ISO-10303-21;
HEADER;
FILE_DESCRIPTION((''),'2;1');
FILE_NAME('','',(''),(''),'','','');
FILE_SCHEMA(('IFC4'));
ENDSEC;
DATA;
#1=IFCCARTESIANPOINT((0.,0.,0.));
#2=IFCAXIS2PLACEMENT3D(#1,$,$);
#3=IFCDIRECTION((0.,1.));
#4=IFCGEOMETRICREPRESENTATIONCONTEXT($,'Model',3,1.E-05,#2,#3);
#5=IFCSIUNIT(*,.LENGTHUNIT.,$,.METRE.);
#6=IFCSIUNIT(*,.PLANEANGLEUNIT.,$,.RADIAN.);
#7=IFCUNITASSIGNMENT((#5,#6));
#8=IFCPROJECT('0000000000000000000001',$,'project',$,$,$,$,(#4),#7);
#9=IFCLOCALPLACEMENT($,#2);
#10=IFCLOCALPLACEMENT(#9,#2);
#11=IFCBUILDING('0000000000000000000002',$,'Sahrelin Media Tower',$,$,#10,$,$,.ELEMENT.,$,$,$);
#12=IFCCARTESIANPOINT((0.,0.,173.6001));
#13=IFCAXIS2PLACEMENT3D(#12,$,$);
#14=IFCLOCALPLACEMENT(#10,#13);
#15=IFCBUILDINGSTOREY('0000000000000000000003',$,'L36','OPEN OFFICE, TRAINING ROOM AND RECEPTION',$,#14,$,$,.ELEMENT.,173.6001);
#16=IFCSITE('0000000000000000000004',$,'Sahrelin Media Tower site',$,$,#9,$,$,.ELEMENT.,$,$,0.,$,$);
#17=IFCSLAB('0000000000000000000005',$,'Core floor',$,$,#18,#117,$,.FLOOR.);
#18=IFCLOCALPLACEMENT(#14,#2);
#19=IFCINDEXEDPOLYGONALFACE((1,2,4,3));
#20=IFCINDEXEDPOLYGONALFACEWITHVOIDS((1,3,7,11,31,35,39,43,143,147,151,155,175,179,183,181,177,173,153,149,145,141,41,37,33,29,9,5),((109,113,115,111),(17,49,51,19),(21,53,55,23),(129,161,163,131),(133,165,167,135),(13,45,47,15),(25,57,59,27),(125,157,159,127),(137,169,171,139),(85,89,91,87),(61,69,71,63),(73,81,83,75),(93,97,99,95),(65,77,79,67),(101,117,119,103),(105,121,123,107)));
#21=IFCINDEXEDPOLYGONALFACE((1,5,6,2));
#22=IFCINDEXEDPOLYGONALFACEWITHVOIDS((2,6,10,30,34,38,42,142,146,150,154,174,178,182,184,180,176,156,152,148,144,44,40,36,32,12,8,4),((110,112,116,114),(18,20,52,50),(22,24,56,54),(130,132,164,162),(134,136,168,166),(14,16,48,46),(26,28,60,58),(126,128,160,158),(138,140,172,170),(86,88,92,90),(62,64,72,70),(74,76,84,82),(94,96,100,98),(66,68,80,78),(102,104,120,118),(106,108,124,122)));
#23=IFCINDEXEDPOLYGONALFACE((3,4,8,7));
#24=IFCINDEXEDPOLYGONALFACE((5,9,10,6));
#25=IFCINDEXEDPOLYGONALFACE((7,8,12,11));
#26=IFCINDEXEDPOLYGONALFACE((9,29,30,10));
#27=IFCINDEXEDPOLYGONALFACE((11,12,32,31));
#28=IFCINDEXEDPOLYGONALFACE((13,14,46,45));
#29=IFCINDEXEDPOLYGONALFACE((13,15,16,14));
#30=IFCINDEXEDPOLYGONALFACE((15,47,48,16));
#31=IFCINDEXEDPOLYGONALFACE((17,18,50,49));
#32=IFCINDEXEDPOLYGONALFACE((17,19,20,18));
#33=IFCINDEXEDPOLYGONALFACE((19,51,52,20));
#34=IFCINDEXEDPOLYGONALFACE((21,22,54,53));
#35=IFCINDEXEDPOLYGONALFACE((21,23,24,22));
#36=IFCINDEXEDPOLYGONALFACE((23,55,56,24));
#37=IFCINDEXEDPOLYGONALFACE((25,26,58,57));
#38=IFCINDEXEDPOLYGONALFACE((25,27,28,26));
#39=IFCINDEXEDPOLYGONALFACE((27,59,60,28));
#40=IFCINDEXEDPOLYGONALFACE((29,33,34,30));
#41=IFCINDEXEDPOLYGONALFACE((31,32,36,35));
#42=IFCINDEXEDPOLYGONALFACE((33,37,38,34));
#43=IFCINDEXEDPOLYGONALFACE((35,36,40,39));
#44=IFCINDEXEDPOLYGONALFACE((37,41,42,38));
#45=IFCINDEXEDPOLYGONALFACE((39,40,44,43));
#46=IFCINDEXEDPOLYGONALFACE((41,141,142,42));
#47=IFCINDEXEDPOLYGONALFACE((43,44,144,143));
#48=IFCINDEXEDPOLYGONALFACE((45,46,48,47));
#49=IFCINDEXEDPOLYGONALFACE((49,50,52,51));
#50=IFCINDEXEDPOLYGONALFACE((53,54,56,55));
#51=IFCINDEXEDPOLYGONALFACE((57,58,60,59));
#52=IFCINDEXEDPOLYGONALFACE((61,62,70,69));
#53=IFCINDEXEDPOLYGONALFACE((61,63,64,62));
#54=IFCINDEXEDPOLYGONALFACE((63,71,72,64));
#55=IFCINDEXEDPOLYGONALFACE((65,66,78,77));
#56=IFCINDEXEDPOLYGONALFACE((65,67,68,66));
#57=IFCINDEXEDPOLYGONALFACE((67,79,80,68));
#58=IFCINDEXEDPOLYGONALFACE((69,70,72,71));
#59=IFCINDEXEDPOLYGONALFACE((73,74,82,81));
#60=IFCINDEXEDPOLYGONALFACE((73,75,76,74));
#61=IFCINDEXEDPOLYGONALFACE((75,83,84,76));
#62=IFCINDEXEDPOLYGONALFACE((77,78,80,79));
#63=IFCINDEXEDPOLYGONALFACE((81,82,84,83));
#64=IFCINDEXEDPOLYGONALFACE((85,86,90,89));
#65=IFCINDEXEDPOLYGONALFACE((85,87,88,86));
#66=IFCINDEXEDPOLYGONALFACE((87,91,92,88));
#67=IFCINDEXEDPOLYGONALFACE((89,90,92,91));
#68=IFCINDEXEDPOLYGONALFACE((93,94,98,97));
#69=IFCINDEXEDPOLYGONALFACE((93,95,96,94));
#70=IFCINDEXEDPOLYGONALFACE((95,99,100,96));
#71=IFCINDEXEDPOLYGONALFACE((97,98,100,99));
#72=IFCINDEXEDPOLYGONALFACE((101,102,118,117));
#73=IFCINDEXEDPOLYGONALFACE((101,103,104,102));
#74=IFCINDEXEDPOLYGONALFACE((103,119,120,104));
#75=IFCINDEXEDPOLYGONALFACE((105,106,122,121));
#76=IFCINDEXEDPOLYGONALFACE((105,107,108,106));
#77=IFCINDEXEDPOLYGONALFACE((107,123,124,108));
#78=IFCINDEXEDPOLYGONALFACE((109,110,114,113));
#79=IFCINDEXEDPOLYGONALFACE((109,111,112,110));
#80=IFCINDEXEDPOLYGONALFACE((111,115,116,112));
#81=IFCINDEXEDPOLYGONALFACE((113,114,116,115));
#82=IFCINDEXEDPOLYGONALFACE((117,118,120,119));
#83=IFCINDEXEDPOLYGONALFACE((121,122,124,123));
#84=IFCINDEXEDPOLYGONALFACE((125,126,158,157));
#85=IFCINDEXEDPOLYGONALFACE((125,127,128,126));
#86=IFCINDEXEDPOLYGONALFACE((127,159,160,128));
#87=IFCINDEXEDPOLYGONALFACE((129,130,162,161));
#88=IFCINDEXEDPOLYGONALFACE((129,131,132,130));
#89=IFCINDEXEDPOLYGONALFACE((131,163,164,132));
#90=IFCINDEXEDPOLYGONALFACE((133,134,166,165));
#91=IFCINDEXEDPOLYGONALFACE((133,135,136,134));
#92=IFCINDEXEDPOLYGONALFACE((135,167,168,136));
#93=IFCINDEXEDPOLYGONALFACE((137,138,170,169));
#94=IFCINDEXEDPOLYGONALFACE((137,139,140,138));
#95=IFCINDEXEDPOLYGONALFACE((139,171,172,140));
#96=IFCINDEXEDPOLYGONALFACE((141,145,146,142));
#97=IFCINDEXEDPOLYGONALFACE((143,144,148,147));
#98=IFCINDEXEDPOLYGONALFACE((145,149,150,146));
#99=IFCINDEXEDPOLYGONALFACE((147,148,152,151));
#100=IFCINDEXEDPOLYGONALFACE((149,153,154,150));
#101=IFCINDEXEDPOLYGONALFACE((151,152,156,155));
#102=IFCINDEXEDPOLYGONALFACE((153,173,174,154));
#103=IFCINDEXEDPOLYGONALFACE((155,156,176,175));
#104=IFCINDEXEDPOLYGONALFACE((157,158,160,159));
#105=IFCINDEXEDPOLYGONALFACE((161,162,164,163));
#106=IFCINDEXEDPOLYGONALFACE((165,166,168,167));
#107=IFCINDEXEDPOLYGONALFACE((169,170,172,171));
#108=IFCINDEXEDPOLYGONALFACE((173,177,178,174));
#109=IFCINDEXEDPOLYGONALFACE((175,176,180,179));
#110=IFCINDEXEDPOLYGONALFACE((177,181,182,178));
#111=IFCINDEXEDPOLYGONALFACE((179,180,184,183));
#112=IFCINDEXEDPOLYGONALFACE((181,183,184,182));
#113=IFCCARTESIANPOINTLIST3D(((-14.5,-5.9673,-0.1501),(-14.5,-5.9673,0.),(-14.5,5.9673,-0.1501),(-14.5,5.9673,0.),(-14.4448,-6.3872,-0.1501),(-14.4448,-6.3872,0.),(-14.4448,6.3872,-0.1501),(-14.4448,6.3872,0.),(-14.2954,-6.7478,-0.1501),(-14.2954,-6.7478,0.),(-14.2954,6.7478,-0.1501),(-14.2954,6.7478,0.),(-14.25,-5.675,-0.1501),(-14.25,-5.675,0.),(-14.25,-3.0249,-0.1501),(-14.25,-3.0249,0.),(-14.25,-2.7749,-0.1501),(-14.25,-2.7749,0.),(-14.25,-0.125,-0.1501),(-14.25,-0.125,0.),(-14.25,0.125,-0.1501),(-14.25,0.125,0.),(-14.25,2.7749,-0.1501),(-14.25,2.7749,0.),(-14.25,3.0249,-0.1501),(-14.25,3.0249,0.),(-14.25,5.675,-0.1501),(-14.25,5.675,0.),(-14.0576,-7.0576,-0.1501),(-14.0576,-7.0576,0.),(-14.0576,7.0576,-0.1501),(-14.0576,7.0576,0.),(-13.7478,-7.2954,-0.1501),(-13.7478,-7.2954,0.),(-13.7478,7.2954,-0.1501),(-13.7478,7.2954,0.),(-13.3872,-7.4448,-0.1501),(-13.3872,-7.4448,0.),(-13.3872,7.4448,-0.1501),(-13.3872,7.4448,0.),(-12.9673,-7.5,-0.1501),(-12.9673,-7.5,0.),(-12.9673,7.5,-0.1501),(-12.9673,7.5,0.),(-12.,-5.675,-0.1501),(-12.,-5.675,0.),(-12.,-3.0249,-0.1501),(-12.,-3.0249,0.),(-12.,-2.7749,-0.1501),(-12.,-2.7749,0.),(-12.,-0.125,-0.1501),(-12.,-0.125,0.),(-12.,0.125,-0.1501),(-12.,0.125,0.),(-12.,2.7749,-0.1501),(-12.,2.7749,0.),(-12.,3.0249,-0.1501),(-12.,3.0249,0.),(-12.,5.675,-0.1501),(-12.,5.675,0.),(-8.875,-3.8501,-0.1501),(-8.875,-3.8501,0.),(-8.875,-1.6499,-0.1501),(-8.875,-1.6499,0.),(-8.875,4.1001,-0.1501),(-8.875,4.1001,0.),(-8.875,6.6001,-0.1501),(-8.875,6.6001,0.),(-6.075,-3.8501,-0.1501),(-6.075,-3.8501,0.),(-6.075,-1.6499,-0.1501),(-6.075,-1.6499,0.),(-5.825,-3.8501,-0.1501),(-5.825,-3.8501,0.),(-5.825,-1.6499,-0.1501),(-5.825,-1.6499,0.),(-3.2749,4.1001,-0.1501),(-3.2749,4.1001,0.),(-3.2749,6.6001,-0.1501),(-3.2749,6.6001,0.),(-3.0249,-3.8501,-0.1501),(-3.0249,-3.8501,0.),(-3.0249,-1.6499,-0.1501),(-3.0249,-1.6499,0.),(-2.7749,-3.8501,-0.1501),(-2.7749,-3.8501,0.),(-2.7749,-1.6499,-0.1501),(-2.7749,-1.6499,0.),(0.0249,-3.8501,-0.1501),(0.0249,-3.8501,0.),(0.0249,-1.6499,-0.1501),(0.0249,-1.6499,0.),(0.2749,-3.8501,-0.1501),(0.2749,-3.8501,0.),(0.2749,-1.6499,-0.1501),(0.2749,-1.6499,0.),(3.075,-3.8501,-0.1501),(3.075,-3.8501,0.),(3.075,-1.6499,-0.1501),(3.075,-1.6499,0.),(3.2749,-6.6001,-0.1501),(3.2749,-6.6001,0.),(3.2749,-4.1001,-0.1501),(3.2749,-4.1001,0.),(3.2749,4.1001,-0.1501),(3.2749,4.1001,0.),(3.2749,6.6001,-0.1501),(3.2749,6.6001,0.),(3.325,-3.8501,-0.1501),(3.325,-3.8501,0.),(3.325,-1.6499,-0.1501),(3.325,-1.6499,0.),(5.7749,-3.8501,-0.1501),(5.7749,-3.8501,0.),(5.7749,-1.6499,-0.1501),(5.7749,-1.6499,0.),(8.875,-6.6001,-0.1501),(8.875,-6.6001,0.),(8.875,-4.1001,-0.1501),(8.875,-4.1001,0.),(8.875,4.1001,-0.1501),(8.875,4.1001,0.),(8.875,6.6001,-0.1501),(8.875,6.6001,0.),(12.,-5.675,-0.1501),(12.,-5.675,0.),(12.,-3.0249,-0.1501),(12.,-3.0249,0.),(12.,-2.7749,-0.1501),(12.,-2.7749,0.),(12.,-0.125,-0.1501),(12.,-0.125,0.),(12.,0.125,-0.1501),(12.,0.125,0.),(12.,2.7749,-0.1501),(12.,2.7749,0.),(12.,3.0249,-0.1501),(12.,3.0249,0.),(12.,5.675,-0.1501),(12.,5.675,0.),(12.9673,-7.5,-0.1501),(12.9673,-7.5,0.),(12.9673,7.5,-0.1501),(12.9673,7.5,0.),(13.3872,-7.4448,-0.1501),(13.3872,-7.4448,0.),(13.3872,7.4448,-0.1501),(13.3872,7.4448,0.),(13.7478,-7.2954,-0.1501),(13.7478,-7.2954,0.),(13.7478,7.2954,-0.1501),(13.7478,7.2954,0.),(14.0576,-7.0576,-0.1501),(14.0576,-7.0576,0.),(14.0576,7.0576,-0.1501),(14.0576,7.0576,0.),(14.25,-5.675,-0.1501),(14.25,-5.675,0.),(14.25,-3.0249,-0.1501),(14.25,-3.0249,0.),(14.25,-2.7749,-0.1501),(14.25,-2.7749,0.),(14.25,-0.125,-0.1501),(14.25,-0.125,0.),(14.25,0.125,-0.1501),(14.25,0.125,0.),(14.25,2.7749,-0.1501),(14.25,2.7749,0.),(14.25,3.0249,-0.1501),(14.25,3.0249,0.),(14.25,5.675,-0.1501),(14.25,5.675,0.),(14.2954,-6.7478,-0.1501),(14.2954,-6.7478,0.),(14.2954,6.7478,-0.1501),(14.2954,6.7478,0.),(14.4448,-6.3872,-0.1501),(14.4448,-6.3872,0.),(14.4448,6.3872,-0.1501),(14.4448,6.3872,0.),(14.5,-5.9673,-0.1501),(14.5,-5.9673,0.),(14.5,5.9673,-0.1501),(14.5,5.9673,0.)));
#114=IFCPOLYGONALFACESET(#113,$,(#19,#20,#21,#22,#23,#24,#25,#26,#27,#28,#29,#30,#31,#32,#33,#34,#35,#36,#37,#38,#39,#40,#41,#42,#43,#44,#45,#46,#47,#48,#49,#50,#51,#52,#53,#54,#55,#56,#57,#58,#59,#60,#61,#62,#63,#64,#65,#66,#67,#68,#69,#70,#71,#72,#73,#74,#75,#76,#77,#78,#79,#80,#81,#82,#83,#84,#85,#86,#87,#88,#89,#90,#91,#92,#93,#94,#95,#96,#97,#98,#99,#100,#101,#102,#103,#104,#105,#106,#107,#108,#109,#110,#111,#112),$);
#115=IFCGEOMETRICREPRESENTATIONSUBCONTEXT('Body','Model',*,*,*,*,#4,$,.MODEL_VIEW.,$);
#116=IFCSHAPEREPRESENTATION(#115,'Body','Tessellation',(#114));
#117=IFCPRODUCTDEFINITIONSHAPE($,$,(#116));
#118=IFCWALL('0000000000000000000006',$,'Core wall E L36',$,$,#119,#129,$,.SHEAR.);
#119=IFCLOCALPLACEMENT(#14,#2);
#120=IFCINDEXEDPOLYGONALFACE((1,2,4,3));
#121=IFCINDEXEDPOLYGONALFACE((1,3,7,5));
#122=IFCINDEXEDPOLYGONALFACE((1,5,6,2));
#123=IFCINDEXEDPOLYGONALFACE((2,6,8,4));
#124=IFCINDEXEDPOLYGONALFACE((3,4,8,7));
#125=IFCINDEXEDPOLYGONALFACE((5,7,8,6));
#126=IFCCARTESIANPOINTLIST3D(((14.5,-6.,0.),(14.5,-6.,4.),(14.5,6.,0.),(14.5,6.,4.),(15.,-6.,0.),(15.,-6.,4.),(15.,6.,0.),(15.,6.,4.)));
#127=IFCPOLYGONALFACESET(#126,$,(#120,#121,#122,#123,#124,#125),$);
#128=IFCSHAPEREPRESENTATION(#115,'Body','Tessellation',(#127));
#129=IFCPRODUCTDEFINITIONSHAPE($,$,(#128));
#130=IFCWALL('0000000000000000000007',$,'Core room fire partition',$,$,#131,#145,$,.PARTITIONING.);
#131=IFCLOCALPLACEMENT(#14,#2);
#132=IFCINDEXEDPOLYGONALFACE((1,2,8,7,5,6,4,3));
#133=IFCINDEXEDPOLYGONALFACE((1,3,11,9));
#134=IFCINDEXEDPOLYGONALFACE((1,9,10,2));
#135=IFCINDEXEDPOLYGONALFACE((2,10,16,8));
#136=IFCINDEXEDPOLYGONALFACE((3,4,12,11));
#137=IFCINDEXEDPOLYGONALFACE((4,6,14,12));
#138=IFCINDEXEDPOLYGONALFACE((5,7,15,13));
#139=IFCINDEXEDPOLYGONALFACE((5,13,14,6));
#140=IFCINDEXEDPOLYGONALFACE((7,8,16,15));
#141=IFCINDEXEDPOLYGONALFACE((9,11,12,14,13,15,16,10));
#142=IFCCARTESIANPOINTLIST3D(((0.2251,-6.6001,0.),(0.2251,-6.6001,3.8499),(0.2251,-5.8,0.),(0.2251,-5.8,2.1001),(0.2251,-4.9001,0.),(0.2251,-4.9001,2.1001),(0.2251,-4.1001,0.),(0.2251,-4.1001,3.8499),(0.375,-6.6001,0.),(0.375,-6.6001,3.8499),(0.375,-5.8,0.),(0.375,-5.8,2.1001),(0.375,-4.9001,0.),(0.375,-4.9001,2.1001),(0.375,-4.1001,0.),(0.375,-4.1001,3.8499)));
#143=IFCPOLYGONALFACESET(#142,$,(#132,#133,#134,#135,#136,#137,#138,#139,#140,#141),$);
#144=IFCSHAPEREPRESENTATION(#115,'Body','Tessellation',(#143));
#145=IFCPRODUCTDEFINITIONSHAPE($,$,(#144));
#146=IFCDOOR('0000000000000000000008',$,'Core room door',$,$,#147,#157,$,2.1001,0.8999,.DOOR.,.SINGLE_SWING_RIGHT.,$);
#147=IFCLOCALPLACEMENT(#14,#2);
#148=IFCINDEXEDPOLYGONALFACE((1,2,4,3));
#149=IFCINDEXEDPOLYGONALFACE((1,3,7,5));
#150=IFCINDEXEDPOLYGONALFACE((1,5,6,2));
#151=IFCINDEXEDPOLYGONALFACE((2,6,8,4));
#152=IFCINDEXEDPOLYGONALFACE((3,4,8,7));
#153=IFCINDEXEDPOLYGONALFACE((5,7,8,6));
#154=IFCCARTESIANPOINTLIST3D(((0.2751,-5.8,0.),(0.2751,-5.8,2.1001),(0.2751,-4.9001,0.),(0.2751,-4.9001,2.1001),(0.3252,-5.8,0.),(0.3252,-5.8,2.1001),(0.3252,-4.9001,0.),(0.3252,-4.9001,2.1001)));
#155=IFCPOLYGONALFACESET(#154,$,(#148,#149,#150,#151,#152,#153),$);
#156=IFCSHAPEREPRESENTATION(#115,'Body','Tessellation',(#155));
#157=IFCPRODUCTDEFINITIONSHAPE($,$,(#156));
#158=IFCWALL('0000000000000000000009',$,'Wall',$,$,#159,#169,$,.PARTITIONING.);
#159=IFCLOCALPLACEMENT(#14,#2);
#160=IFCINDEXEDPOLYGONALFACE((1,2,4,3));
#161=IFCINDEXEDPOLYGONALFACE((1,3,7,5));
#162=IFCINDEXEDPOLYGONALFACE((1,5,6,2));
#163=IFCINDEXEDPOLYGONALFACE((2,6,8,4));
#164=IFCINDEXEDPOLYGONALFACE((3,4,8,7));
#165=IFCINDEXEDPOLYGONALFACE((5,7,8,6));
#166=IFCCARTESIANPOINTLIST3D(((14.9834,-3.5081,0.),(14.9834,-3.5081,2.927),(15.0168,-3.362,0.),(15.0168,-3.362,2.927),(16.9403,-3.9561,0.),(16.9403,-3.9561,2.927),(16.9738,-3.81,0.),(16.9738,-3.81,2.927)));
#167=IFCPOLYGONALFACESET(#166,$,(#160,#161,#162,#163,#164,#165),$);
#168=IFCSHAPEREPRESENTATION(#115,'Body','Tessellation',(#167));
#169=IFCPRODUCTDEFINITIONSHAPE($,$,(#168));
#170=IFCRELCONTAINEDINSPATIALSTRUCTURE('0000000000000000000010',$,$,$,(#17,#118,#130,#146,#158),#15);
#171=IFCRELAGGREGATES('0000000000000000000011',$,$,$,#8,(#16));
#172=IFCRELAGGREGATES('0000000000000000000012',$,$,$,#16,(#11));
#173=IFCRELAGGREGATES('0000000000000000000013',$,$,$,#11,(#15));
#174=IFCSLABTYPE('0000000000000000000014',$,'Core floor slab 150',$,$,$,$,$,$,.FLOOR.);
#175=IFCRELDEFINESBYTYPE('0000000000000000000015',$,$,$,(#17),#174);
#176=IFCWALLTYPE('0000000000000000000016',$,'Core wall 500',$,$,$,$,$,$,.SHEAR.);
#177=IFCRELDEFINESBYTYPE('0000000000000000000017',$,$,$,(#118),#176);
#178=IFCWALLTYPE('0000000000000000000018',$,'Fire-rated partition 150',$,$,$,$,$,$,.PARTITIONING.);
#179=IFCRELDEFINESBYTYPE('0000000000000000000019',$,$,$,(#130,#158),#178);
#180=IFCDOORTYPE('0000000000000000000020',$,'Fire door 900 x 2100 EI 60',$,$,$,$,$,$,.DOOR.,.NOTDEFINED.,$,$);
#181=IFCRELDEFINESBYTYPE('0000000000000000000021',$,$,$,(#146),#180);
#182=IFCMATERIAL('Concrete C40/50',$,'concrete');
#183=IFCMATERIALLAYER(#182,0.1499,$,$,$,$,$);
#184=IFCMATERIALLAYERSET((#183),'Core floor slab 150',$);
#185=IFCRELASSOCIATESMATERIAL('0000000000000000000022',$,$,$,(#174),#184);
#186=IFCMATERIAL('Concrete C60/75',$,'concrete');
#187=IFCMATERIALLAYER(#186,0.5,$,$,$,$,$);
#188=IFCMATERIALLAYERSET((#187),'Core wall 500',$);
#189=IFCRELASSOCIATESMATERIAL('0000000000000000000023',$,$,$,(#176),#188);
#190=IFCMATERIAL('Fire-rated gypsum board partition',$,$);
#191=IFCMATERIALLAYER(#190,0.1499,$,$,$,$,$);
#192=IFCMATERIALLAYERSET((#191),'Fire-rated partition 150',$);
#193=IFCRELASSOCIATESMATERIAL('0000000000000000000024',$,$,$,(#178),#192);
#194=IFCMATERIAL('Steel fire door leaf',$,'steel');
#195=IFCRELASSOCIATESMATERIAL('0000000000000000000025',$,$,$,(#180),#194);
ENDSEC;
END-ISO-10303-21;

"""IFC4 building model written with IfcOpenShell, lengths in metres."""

from ifc_helpers import new_model, si_unit, direction, frame, frame_2d, origin, place, context, subcontext, project, spatial, polyline, rectangle, outline, extrude, material, layer, layer_set, type_object, element, fill, save


model = new_model("IFC4")

# Units and contexts
model_context = context("Model", 3, precision=1e-05, world=origin(), true_north=direction((0.0, 1.0)))
body_context = subcontext(model_context, "Body", "Model", "MODEL_VIEW")
ifc_project = project(units=[si_unit("LENGTHUNIT", "METRE"), si_unit("PLANEANGLEUNIT", "RADIAN")], contexts=[model_context])

# Site, building, storey
site_placement = place(None, origin())
site = spatial("IfcSite", under=ifc_project, at=site_placement, Name="Sahrelin Media Tower site", CompositionType="ELEMENT", RefElevation=0.0)
building_placement = place(site_placement, origin())
building = spatial("IfcBuilding", under=site, at=building_placement, Name="Sahrelin Media Tower", CompositionType="ELEMENT")
storey_placement = place(building_placement, frame((0.0, 0.0, 173.6001)))
storey = spatial("IfcBuildingStorey", under=building, at=storey_placement, Name="L36", Description="OPEN OFFICE, TRAINING ROOM AND RECEPTION", CompositionType="ELEMENT", Elevation=173.6001)

# Slab
ifc_material_1 = material(Name="Concrete C40/50", Category="concrete")
ifc_layer_1 = layer(ifc_material_1, 0.1499)
ifc_layer_set_1 = layer_set([ifc_layer_1], Name="Core floor slab 150")
slab_type = type_object("IfcSlabType", Name="Core floor slab 150", PredefinedType="FLOOR", material=ifc_layer_set_1)
slab_placement = place(storey_placement, frame((0.0, 0.0, -0.1501)))
element("IfcSlab", 1, at=slab_placement, inside=storey, type_object=slab_type, Name="Core floor", PredefinedType="FLOOR", context=body_context, shape_type="SweptSolid", body=[
    extrude(outline(polyline([(-14.4448, 6.3872), (-14.5, 5.9673), (-14.5, -5.9673), (-14.4448, -6.3872), (-14.2954, -6.7478), (-14.0576, -7.0576), (-13.7478, -7.2954), (-13.3872, -7.4448), (-12.9673, -7.5), (12.9673, -7.5), (13.3872, -7.4448), (13.7478, -7.2954), (14.0576, -7.0576), (14.2954, -6.7478), (14.4448, -6.3872), (14.5, -5.9673), (14.5, 5.9673), (14.4448, 6.3872), (14.2954, 6.7478), (14.0576, 7.0576), (13.7478, 7.2954), (13.3872, 7.4448), (12.9673, 7.5), (-12.9673, 7.5), (-13.3872, 7.4448), (-13.7478, 7.2954), (-14.0576, 7.0576), (-14.2954, 6.7478), (-14.4448, 6.3872)]), holes=[polyline([(-12.0, 3.0249), (-12.0, 5.675), (-14.25, 5.675), (-14.25, 3.0249), (-12.0, 3.0249)]), polyline([(-14.25, 0.125), (-12.0, 0.125), (-12.0, 2.7749), (-14.25, 2.7749), (-14.25, 0.125)]), polyline([(-14.25, -0.125), (-14.25, -2.7749), (-12.0, -2.7749), (-12.0, -0.125), (-14.25, -0.125)]), polyline([(-12.0, -3.0249), (-14.25, -3.0249), (-14.25, -5.675), (-12.0, -5.675), (-12.0, -3.0249)]), polyline([(14.25, 3.0249), (14.25, 5.675), (12.0, 5.675), (12.0, 3.0249), (14.25, 3.0249)]), polyline([(12.0, 0.125), (14.25, 0.125), (14.25, 2.7749), (12.0, 2.7749), (12.0, 0.125)]), polyline([(12.0, -0.125), (12.0, -2.7749), (14.25, -2.7749), (14.25, -0.125), (12.0, -0.125)]), polyline([(14.25, -3.0249), (12.0, -3.0249), (12.0, -5.675), (14.25, -5.675), (14.25, -3.0249)]), polyline([(-6.075, -3.8501), (-6.075, -1.6499), (-8.875, -1.6499), (-8.875, -3.8501), (-6.075, -3.8501)]), polyline([(-5.825, -3.8501), (-3.0249, -3.8501), (-3.0249, -1.6499), (-5.825, -1.6499), (-5.825, -3.8501)]), polyline([(-2.7749, -1.6499), (-2.7749, -3.8501), (0.0249, -3.8501), (0.0249, -1.6499), (-2.7749, -1.6499)]), polyline([(3.075, -1.6499), (0.2749, -1.6499), (0.2749, -3.8501), (3.075, -3.8501), (3.075, -1.6499)]), polyline([(5.7749, -3.8501), (5.7749, -1.6499), (3.325, -1.6499), (3.325, -3.8501), (5.7749, -3.8501)]), polyline([(-8.875, 6.6001), (-8.875, 4.1001), (-3.2749, 4.1001), (-3.2749, 6.6001), (-8.875, 6.6001)]), polyline([(3.2749, 4.1001), (8.875, 4.1001), (8.875, 6.6001), (3.2749, 6.6001), (3.2749, 4.1001)]), polyline([(3.2749, -4.1001), (3.2749, -6.6001), (8.875, -6.6001), (8.875, -4.1001), (3.2749, -4.1001)])]), origin(), (0.0, 0.0, 1.0), 0.1501),
])

# Wall
ifc_material_2 = material(Name="Concrete C60/75", Category="concrete")
ifc_layer_2 = layer(ifc_material_2, 0.5)
ifc_layer_set_2 = layer_set([ifc_layer_2], Name="Core wall 500")
wall_type_1 = type_object("IfcWallType", Name="Core wall 500", PredefinedType="SHEAR", material=ifc_layer_set_2)
wall_1_placement = place(storey_placement, frame((14.75, -6.0, 0.0), z_axis=(0.0, 0.0, 1.0), x_axis=(0.0, 1.0, 0.0)))
element("IfcWall", 2, at=wall_1_placement, inside=storey, type_object=wall_type_1, Name="Core wall E L36", PredefinedType="SHEAR", context=body_context, shape_type="SweptSolid", body=[
    extrude(rectangle(XDim=12.0, YDim=0.5, at=frame_2d((6.0, 0.0))), origin(), (0.0, 0.0, 1.0), 4.0),
])

# Wall, opening, door
ifc_material_3 = material(Name="Fire-rated gypsum board partition")
ifc_layer_3 = layer(ifc_material_3, 0.1499)
ifc_layer_set_3 = layer_set([ifc_layer_3], Name="Fire-rated partition 150")
wall_type_2 = type_object("IfcWallType", Name="Fire-rated partition 150", PredefinedType="PARTITIONING", material=ifc_layer_set_3)
wall_2_placement = place(storey_placement, frame((0.3, -6.6001, 0.0), z_axis=(0.0, 0.0, 1.0), x_axis=(0.0, 1.0, 0.0)))
wall_2 = element("IfcWall", 3, at=wall_2_placement, inside=storey, type_object=wall_type_2, Name="Core room fire partition", PredefinedType="PARTITIONING", context=body_context, shape_type="SweptSolid", body=[
    extrude(rectangle(XDim=2.5, YDim=0.1499, at=frame_2d((1.25, 0.0))), origin(), (0.0, 0.0, 1.0), 3.8499),
])
opening_1_placement = place(wall_2_placement, frame((0.8, 0.0, 0.0)))
opening_1 = element("IfcOpeningElement", 4, at=opening_1_placement, cuts=wall_2, PredefinedType="OPENING", context=body_context, shape_type="SweptSolid", body=[
    extrude(rectangle(XDim=0.8999, YDim=2.1001, at=frame_2d((0.45, 1.05))), frame((0.0, 0.075, 0.0), z_axis=(0.0, -1.0, 0.0), x_axis=(1.0, 0.0, 0.0)), (0.0, 0.0, 1.0), 0.1499),
])
ifc_material_4 = material(Name="Steel fire door leaf", Category="steel")
door_type_1 = type_object("IfcDoorType", Name="Fire door 900 x 2100 EI 60", OperationType="NOTDEFINED", PredefinedType="DOOR", material=ifc_material_4)
door_1_placement = place(opening_1_placement, origin())
door_1 = element("IfcDoor", 5, at=door_1_placement, inside=storey, type_object=door_type_1, Name="Core room door", OperationType="SINGLE_SWING_RIGHT", OverallHeight=2.1001, OverallWidth=0.8999, PredefinedType="DOOR", context=body_context, shape_type="SweptSolid", body=[
    extrude(rectangle(XDim=0.8999, YDim=2.1001, at=frame_2d((0.45, 1.05))), frame((0.0, 0.0249, 0.0), z_axis=(0.0, -1.0, 0.0), x_axis=(1.0, 0.0, 0.0)), (0.0, 0.0, 1.0), 0.05),
])
fill(opening_1, door_1)

# Wall
wall_3_placement = place(storey_placement, frame((15.0, -3.4351, 0.0), z_axis=(0.0, 0.0, 1.0), x_axis=(0.974785, -0.223145, 0.0)))
element("IfcWall", 6, at=wall_3_placement, inside=storey, type_object=wall_type_2, Name="Wall", PredefinedType="PARTITIONING", context=body_context, shape_type="SweptSolid", body=[
    extrude(rectangle(XDim=2.0076, YDim=0.1499, at=frame_2d((1.0039, 0.0))), origin(), (0.0, 0.0, 1.0), 2.927),
])

save(model, "model.ifc")
